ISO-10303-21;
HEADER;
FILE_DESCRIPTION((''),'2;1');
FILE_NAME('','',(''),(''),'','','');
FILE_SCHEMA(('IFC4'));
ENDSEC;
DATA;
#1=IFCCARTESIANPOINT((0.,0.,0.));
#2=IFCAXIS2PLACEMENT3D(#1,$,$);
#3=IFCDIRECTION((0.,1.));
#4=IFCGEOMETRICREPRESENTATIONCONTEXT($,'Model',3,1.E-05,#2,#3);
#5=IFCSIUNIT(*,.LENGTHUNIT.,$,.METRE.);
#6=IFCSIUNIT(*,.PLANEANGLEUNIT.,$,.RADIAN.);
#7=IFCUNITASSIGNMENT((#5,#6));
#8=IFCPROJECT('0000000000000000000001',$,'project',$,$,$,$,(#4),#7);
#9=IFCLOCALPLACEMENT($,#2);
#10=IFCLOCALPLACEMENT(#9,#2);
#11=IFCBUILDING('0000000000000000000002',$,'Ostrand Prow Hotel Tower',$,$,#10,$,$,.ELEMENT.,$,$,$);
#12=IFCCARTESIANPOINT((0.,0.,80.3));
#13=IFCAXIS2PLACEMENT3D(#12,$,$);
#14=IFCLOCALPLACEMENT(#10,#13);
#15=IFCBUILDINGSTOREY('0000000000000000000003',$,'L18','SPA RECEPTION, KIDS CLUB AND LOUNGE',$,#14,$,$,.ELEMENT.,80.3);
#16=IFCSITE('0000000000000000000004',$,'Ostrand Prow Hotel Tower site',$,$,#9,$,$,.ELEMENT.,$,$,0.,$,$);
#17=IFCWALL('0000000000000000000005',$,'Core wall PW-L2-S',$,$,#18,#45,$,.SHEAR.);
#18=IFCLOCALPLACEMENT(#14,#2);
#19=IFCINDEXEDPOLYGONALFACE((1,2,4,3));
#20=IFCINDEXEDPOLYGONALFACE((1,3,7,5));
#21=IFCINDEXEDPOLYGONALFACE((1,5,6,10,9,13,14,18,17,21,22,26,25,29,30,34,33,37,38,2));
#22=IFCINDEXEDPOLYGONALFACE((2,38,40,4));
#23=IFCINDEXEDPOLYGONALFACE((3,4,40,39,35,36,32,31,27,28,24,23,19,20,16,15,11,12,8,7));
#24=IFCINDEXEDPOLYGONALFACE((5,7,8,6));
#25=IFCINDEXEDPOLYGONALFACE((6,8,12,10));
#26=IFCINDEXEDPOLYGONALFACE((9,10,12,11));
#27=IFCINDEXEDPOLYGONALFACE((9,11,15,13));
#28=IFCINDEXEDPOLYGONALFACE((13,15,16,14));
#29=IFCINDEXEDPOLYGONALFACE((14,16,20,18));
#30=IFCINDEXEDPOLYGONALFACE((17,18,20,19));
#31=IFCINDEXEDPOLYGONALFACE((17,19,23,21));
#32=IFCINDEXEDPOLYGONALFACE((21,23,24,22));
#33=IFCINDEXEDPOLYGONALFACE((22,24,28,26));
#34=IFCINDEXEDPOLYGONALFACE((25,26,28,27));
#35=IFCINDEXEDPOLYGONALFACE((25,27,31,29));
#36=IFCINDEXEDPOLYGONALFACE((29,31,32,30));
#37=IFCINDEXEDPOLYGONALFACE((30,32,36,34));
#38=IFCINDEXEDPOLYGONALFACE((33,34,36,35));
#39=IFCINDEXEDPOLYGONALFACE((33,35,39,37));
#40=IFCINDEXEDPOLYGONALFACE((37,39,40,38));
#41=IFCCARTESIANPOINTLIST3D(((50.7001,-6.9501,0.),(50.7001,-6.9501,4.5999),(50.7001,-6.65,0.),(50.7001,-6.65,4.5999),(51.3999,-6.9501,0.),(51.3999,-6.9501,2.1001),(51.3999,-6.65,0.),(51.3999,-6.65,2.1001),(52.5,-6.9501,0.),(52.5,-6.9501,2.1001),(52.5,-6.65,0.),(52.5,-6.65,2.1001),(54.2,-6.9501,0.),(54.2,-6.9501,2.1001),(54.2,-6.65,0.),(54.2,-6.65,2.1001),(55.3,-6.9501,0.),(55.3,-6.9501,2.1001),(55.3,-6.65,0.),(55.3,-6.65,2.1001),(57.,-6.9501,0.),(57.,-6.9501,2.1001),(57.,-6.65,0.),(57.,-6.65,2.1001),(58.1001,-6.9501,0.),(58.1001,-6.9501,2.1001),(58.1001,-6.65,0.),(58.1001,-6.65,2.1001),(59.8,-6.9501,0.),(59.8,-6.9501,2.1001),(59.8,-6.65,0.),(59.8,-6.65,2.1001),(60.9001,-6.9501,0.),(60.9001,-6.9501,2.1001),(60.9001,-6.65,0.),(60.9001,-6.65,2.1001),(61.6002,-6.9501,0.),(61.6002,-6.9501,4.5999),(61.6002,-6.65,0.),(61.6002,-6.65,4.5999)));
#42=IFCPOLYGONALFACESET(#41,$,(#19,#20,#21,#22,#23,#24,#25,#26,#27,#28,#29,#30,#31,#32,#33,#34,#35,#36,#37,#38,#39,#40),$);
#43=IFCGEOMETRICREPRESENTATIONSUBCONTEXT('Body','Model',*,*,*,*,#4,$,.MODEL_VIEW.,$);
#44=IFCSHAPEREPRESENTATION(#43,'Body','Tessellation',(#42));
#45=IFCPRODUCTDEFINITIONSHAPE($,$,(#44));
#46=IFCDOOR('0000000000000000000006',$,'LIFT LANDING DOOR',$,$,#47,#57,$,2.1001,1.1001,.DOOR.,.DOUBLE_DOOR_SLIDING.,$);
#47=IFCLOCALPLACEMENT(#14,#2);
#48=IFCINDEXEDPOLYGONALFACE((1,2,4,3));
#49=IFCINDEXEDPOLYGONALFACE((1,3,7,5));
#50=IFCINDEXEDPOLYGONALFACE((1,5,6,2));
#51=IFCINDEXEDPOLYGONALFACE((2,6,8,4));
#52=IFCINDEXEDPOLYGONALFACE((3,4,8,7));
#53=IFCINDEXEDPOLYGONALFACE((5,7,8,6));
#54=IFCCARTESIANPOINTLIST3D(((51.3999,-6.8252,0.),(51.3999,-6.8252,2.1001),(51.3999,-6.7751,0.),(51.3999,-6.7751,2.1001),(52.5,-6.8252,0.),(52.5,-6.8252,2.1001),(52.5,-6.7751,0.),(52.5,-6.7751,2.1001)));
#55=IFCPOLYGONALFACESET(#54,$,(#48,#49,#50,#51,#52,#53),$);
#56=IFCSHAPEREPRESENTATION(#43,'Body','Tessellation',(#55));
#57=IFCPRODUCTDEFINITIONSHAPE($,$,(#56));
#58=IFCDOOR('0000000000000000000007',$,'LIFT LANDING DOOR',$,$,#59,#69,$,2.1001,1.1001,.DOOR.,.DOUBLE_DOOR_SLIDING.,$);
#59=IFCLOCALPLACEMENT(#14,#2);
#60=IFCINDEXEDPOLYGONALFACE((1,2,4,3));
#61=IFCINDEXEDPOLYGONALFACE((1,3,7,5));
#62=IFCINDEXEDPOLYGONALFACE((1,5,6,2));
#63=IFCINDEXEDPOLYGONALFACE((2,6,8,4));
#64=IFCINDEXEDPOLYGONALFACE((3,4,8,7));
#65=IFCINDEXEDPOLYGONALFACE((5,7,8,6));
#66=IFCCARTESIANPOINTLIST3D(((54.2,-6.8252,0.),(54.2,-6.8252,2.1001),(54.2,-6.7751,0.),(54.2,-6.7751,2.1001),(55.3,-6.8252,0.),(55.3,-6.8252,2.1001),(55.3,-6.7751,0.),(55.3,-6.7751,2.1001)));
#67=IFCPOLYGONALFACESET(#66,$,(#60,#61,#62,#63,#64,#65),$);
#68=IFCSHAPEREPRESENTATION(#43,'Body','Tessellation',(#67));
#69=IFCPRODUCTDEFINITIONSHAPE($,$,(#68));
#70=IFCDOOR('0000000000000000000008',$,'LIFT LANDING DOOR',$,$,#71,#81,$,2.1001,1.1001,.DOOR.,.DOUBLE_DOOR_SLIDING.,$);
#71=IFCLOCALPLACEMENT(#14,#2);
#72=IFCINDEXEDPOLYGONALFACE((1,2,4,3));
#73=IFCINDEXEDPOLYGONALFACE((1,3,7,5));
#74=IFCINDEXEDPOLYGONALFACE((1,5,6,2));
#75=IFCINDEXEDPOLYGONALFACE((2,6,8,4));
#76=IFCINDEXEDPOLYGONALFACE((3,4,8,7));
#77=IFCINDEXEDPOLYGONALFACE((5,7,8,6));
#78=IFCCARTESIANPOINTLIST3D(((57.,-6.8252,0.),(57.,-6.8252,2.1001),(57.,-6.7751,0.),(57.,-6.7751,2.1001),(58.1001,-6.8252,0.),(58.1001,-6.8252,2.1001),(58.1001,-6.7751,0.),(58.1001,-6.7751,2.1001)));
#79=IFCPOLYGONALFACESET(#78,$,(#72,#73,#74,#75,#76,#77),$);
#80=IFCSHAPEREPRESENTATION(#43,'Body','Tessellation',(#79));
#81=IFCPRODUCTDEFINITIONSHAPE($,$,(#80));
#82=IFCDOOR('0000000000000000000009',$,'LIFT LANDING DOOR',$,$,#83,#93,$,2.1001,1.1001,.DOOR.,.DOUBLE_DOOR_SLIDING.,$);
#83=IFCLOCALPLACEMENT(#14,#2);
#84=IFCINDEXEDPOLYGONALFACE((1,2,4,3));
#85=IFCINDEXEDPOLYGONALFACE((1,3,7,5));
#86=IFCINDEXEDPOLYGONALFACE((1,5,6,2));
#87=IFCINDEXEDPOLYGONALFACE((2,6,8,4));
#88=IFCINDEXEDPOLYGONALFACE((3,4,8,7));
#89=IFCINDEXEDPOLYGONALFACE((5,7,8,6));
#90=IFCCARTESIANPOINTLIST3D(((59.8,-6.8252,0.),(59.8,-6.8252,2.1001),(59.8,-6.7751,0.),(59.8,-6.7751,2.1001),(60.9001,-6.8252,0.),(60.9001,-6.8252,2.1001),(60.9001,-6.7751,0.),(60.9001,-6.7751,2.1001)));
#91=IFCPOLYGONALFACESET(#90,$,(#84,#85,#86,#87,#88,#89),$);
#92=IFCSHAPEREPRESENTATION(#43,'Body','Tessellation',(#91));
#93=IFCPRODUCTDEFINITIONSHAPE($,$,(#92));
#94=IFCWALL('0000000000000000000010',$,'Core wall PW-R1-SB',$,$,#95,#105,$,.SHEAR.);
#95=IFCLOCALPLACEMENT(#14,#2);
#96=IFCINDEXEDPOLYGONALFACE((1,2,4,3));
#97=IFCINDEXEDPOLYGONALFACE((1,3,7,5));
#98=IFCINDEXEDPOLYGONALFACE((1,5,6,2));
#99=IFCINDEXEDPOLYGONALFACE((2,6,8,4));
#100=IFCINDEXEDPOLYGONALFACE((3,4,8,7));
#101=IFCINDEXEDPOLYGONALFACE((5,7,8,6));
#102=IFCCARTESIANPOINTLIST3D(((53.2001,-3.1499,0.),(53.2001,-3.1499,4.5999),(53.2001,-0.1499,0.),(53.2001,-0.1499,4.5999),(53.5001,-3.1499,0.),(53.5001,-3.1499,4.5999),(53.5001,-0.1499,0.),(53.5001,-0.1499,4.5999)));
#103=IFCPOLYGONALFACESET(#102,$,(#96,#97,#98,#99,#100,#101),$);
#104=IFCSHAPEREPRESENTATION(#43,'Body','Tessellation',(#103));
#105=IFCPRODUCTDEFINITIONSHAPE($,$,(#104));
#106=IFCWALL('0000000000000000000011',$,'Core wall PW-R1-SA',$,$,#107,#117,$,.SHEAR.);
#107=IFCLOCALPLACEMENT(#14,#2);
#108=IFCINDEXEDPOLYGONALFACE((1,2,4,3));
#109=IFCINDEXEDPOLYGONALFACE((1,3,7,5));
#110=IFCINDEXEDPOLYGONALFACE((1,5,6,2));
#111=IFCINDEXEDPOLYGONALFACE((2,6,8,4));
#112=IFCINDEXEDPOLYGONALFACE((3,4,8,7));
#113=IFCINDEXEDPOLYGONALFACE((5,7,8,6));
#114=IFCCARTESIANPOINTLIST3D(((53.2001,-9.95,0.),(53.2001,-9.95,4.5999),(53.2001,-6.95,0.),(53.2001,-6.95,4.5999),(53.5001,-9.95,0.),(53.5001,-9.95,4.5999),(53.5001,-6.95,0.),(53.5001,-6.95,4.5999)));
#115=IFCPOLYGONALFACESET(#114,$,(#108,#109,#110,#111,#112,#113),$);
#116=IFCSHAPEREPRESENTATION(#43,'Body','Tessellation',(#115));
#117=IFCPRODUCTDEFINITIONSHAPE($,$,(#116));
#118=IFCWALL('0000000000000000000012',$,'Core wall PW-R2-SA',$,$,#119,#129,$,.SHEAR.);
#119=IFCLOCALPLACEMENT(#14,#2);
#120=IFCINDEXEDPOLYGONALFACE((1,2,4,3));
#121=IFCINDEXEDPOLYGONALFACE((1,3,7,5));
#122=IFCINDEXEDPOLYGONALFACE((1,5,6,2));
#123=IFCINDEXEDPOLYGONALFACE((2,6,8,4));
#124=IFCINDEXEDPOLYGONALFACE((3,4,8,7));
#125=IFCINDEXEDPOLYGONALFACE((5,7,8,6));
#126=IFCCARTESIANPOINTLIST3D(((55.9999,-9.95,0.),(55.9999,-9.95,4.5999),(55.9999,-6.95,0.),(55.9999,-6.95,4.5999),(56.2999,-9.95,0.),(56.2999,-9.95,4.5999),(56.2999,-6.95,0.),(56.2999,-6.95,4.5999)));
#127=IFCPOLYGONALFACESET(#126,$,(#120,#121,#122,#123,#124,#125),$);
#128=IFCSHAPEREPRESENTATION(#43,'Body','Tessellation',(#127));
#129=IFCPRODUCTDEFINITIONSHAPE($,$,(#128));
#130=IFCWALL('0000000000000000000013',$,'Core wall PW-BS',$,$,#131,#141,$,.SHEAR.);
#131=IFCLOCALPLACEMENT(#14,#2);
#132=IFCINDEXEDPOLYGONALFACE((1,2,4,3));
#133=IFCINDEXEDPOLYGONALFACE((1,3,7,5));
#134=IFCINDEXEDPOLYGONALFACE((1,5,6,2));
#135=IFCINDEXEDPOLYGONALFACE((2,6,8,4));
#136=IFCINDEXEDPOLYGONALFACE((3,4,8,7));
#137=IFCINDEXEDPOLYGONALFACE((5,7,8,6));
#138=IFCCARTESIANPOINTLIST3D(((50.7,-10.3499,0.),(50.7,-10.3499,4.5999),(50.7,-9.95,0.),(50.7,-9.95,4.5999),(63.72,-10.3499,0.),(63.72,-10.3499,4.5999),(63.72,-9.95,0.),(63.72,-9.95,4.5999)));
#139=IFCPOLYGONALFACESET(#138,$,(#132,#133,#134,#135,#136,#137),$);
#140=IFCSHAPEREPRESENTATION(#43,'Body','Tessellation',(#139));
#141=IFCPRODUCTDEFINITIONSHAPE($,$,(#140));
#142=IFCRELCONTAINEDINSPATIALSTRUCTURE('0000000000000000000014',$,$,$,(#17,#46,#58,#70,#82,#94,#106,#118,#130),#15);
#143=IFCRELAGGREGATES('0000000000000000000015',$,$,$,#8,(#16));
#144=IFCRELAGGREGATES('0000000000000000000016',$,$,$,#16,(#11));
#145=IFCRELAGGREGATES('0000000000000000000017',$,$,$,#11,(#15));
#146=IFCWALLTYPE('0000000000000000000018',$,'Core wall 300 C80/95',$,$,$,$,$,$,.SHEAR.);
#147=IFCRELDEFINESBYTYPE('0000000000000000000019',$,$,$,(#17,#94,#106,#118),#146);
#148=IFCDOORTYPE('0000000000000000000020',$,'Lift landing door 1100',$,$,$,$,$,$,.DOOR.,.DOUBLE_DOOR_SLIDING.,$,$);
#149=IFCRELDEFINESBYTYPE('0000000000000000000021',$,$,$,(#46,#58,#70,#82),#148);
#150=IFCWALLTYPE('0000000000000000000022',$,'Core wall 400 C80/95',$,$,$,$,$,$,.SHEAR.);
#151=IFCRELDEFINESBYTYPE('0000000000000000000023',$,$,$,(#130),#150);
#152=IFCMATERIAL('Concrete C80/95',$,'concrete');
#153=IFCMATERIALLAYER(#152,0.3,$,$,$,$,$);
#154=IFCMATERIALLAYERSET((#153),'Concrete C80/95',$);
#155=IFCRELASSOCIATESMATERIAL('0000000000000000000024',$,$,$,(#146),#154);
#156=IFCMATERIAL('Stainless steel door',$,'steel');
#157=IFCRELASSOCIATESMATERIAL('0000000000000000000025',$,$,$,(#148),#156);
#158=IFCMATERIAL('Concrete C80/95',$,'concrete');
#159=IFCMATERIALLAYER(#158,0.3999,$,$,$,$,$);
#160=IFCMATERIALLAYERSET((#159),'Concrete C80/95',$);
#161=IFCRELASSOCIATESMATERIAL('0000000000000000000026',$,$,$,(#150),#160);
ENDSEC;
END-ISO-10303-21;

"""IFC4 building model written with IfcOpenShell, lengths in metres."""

from ifc_helpers import new_model, si_unit, direction, frame, frame_2d, origin, place, context, subcontext, project, spatial, rectangle, extrude, material, layer, layer_set, type_object, element, fill, save


model = new_model("IFC4")

# Units and contexts
model_context = context("Model", 3, precision=1e-05, world=origin(), true_north=direction((0.0, 1.0)))
body_context = subcontext(model_context, "Body", "Model", "MODEL_VIEW")
ifc_project = project(units=[si_unit("LENGTHUNIT", "METRE"), si_unit("PLANEANGLEUNIT", "RADIAN")], contexts=[model_context])

# Site, building, storey
site_placement = place(None, origin())
site = spatial("IfcSite", under=ifc_project, at=site_placement, Name="Ostrand Prow Hotel Tower site", CompositionType="ELEMENT", RefElevation=0.0)
building_placement = place(site_placement, origin())
building = spatial("IfcBuilding", under=site, at=building_placement, Name="Ostrand Prow Hotel Tower", CompositionType="ELEMENT")
storey_placement = place(building_placement, frame((0.0, 0.0, 80.3)))
storey = spatial("IfcBuildingStorey", under=building, at=storey_placement, Name="L18", Description="SPA RECEPTION, KIDS CLUB AND LOUNGE", CompositionType="ELEMENT", Elevation=80.3)

# Shared definitions
ifc_material_1 = material(Name="Concrete C80/95", Category="concrete")
ifc_layer_1 = layer(ifc_material_1, 0.3)
ifc_layer_set_1 = layer_set([ifc_layer_1], Name="Concrete C80/95")
wall_type_1 = type_object("IfcWallType", Name="Core wall 300 C80/95", PredefinedType="SHEAR", material=ifc_layer_set_1)

# Wall, openings, doors
wall_1_placement = place(storey_placement, frame((50.7, -6.8, 0.0), z_axis=(0.0, 0.0, 1.0), x_axis=(1.0, 0.0, 0.0)))
wall_1 = element("IfcWall", 1, at=wall_1_placement, inside=storey, type_object=wall_type_1, Name="Core wall PW-L2-S", PredefinedType="SHEAR", context=body_context, shape_type="SweptSolid", body=[
    extrude(rectangle(XDim=10.9001, YDim=0.3, at=frame_2d((5.4502, 0.0))), origin(), (0.0, 0.0, 1.0), 4.5999),
])
opening_1_placement = place(wall_1_placement, frame((0.7, 0.0, 0.0)))
opening_1 = element("IfcOpeningElement", 2, at=opening_1_placement, cuts=wall_1, PredefinedType="OPENING", context=body_context, shape_type="SweptSolid", body=[
    extrude(rectangle(XDim=1.1001, YDim=2.1001, at=frame_2d((0.55, 1.05))), frame((0.0, 0.1599, 0.0), z_axis=(0.0, -1.0, 0.0), x_axis=(1.0, 0.0, 0.0)), (0.0, 0.0, 1.0), 0.3201),
])
opening_2_placement = place(wall_1_placement, frame((3.5, 0.0, 0.0)))
opening_2 = element("IfcOpeningElement", 3, at=opening_2_placement, cuts=wall_1, PredefinedType="OPENING", context=body_context, shape_type="SweptSolid", body=[
    extrude(rectangle(XDim=1.1001, YDim=2.1001, at=frame_2d((0.55, 1.05))), frame((0.0, 0.1599, 0.0), z_axis=(0.0, -1.0, 0.0), x_axis=(1.0, 0.0, 0.0)), (0.0, 0.0, 1.0), 0.3201),
])
opening_3_placement = place(wall_1_placement, frame((6.3, 0.0, 0.0)))
opening_3 = element("IfcOpeningElement", 4, at=opening_3_placement, cuts=wall_1, PredefinedType="OPENING", context=body_context, shape_type="SweptSolid", body=[
    extrude(rectangle(XDim=1.1001, YDim=2.1001, at=frame_2d((0.55, 1.05))), frame((0.0, 0.1599, 0.0), z_axis=(0.0, -1.0, 0.0), x_axis=(1.0, 0.0, 0.0)), (0.0, 0.0, 1.0), 0.3201),
])
opening_4_placement = place(wall_1_placement, frame((9.1001, 0.0, 0.0)))
opening_4 = element("IfcOpeningElement", 5, at=opening_4_placement, cuts=wall_1, PredefinedType="OPENING", context=body_context, shape_type="SweptSolid", body=[
    extrude(rectangle(XDim=1.1001, YDim=2.1001, at=frame_2d((0.55, 1.05))), frame((0.0, 0.1599, 0.0), z_axis=(0.0, -1.0, 0.0), x_axis=(1.0, 0.0, 0.0)), (0.0, 0.0, 1.0), 0.3201),
])
ifc_material_2 = material(Name="Stainless steel door", Category="steel")
door_type_1 = type_object("IfcDoorType", Name="Lift landing door 1100", OperationType="DOUBLE_DOOR_SLIDING", PredefinedType="DOOR", material=ifc_material_2)
door_1_placement = place(opening_1_placement, origin())
door_1 = element("IfcDoor", 6, at=door_1_placement, inside=storey, type_object=door_type_1, Name="LIFT LANDING DOOR", OperationType="DOUBLE_DOOR_SLIDING", OverallHeight=2.1001, OverallWidth=1.1001, PredefinedType="DOOR", context=body_context, shape_type="SweptSolid", body=[
    extrude(rectangle(XDim=1.1001, YDim=2.1001, at=frame_2d((0.55, 1.05))), frame((0.0, 0.0249, 0.0), z_axis=(0.0, -1.0, 0.0), x_axis=(1.0, 0.0, 0.0)), (0.0, 0.0, 1.0), 0.05),
])
fill(opening_1, door_1)
door_2_placement = place(opening_2_placement, origin())
door_2 = element("IfcDoor", 7, at=door_2_placement, inside=storey, type_object=door_type_1, Name="LIFT LANDING DOOR", OperationType="DOUBLE_DOOR_SLIDING", OverallHeight=2.1001, OverallWidth=1.1001, PredefinedType="DOOR", context=body_context, shape_type="SweptSolid", body=[
    extrude(rectangle(XDim=1.1001, YDim=2.1001, at=frame_2d((0.55, 1.05))), frame((0.0, 0.0249, 0.0), z_axis=(0.0, -1.0, 0.0), x_axis=(1.0, 0.0, 0.0)), (0.0, 0.0, 1.0), 0.05),
])
fill(opening_2, door_2)
door_3_placement = place(opening_3_placement, origin())
door_3 = element("IfcDoor", 8, at=door_3_placement, inside=storey, type_object=door_type_1, Name="LIFT LANDING DOOR", OperationType="DOUBLE_DOOR_SLIDING", OverallHeight=2.1001, OverallWidth=1.1001, PredefinedType="DOOR", context=body_context, shape_type="SweptSolid", body=[
    extrude(rectangle(XDim=1.1001, YDim=2.1001, at=frame_2d((0.55, 1.05))), frame((0.0, 0.0249, 0.0), z_axis=(0.0, -1.0, 0.0), x_axis=(1.0, 0.0, 0.0)), (0.0, 0.0, 1.0), 0.05),
])
fill(opening_3, door_3)
door_4_placement = place(opening_4_placement, origin())
door_4 = element("IfcDoor", 9, at=door_4_placement, inside=storey, type_object=door_type_1, Name="LIFT LANDING DOOR", OperationType="DOUBLE_DOOR_SLIDING", OverallHeight=2.1001, OverallWidth=1.1001, PredefinedType="DOOR", context=body_context, shape_type="SweptSolid", body=[
    extrude(rectangle(XDim=1.1001, YDim=2.1001, at=frame_2d((0.55, 1.05))), frame((0.0, 0.0249, 0.0), z_axis=(0.0, -1.0, 0.0), x_axis=(1.0, 0.0, 0.0)), (0.0, 0.0, 1.0), 0.05),
])
fill(opening_4, door_4)

# Walls
for number, where, z_axis, x_axis, name in (
    (10, (53.3501, -3.1499, 0.0), (0.0, 0.0, 1.0), (0.0, 1.0, 0.0), "Core wall PW-R1-SB"),
    (11, (53.3501, -9.95, 0.0), (0.0, 0.0, 1.0), (0.0, 1.0, 0.0), "Core wall PW-R1-SA"),
    (12, (56.1499, -9.95, 0.0), (0.0, 0.0, 1.0), (0.0, 1.0, 0.0), "Core wall PW-R2-SA"),
):
    element("IfcWall", number, at=place(storey_placement, frame(where, z_axis=z_axis, x_axis=x_axis)), inside=storey, type_object=wall_type_1, Name=name, PredefinedType="SHEAR", context=body_context, shape_type="SweptSolid", body=[
        extrude(rectangle(XDim=3.0, YDim=0.3, at=frame_2d((1.5, 0.0))), origin(), (0.0, 0.0, 1.0), 4.5999),
    ])
ifc_material_3 = material(Name="Concrete C80/95", Category="concrete")
ifc_layer_2 = layer(ifc_material_3, 0.3999)
ifc_layer_set_2 = layer_set([ifc_layer_2], Name="Concrete C80/95")
wall_type_2 = type_object("IfcWallType", Name="Core wall 400 C80/95", PredefinedType="SHEAR", material=ifc_layer_set_2)
wall_2_placement = place(storey_placement, frame((50.7, -10.1499, 0.0), z_axis=(0.0, 0.0, 1.0), x_axis=(1.0, 0.0, 0.0)))
element("IfcWall", 13, at=wall_2_placement, inside=storey, type_object=wall_type_2, Name="Core wall PW-BS", PredefinedType="SHEAR", context=body_context, shape_type="SweptSolid", body=[
    extrude(rectangle(XDim=13.02, YDim=0.3999, at=frame_2d((6.51, 0.0))), origin(), (0.0, 0.0, 1.0), 4.5999),
])

save(model, "model.ifc")
